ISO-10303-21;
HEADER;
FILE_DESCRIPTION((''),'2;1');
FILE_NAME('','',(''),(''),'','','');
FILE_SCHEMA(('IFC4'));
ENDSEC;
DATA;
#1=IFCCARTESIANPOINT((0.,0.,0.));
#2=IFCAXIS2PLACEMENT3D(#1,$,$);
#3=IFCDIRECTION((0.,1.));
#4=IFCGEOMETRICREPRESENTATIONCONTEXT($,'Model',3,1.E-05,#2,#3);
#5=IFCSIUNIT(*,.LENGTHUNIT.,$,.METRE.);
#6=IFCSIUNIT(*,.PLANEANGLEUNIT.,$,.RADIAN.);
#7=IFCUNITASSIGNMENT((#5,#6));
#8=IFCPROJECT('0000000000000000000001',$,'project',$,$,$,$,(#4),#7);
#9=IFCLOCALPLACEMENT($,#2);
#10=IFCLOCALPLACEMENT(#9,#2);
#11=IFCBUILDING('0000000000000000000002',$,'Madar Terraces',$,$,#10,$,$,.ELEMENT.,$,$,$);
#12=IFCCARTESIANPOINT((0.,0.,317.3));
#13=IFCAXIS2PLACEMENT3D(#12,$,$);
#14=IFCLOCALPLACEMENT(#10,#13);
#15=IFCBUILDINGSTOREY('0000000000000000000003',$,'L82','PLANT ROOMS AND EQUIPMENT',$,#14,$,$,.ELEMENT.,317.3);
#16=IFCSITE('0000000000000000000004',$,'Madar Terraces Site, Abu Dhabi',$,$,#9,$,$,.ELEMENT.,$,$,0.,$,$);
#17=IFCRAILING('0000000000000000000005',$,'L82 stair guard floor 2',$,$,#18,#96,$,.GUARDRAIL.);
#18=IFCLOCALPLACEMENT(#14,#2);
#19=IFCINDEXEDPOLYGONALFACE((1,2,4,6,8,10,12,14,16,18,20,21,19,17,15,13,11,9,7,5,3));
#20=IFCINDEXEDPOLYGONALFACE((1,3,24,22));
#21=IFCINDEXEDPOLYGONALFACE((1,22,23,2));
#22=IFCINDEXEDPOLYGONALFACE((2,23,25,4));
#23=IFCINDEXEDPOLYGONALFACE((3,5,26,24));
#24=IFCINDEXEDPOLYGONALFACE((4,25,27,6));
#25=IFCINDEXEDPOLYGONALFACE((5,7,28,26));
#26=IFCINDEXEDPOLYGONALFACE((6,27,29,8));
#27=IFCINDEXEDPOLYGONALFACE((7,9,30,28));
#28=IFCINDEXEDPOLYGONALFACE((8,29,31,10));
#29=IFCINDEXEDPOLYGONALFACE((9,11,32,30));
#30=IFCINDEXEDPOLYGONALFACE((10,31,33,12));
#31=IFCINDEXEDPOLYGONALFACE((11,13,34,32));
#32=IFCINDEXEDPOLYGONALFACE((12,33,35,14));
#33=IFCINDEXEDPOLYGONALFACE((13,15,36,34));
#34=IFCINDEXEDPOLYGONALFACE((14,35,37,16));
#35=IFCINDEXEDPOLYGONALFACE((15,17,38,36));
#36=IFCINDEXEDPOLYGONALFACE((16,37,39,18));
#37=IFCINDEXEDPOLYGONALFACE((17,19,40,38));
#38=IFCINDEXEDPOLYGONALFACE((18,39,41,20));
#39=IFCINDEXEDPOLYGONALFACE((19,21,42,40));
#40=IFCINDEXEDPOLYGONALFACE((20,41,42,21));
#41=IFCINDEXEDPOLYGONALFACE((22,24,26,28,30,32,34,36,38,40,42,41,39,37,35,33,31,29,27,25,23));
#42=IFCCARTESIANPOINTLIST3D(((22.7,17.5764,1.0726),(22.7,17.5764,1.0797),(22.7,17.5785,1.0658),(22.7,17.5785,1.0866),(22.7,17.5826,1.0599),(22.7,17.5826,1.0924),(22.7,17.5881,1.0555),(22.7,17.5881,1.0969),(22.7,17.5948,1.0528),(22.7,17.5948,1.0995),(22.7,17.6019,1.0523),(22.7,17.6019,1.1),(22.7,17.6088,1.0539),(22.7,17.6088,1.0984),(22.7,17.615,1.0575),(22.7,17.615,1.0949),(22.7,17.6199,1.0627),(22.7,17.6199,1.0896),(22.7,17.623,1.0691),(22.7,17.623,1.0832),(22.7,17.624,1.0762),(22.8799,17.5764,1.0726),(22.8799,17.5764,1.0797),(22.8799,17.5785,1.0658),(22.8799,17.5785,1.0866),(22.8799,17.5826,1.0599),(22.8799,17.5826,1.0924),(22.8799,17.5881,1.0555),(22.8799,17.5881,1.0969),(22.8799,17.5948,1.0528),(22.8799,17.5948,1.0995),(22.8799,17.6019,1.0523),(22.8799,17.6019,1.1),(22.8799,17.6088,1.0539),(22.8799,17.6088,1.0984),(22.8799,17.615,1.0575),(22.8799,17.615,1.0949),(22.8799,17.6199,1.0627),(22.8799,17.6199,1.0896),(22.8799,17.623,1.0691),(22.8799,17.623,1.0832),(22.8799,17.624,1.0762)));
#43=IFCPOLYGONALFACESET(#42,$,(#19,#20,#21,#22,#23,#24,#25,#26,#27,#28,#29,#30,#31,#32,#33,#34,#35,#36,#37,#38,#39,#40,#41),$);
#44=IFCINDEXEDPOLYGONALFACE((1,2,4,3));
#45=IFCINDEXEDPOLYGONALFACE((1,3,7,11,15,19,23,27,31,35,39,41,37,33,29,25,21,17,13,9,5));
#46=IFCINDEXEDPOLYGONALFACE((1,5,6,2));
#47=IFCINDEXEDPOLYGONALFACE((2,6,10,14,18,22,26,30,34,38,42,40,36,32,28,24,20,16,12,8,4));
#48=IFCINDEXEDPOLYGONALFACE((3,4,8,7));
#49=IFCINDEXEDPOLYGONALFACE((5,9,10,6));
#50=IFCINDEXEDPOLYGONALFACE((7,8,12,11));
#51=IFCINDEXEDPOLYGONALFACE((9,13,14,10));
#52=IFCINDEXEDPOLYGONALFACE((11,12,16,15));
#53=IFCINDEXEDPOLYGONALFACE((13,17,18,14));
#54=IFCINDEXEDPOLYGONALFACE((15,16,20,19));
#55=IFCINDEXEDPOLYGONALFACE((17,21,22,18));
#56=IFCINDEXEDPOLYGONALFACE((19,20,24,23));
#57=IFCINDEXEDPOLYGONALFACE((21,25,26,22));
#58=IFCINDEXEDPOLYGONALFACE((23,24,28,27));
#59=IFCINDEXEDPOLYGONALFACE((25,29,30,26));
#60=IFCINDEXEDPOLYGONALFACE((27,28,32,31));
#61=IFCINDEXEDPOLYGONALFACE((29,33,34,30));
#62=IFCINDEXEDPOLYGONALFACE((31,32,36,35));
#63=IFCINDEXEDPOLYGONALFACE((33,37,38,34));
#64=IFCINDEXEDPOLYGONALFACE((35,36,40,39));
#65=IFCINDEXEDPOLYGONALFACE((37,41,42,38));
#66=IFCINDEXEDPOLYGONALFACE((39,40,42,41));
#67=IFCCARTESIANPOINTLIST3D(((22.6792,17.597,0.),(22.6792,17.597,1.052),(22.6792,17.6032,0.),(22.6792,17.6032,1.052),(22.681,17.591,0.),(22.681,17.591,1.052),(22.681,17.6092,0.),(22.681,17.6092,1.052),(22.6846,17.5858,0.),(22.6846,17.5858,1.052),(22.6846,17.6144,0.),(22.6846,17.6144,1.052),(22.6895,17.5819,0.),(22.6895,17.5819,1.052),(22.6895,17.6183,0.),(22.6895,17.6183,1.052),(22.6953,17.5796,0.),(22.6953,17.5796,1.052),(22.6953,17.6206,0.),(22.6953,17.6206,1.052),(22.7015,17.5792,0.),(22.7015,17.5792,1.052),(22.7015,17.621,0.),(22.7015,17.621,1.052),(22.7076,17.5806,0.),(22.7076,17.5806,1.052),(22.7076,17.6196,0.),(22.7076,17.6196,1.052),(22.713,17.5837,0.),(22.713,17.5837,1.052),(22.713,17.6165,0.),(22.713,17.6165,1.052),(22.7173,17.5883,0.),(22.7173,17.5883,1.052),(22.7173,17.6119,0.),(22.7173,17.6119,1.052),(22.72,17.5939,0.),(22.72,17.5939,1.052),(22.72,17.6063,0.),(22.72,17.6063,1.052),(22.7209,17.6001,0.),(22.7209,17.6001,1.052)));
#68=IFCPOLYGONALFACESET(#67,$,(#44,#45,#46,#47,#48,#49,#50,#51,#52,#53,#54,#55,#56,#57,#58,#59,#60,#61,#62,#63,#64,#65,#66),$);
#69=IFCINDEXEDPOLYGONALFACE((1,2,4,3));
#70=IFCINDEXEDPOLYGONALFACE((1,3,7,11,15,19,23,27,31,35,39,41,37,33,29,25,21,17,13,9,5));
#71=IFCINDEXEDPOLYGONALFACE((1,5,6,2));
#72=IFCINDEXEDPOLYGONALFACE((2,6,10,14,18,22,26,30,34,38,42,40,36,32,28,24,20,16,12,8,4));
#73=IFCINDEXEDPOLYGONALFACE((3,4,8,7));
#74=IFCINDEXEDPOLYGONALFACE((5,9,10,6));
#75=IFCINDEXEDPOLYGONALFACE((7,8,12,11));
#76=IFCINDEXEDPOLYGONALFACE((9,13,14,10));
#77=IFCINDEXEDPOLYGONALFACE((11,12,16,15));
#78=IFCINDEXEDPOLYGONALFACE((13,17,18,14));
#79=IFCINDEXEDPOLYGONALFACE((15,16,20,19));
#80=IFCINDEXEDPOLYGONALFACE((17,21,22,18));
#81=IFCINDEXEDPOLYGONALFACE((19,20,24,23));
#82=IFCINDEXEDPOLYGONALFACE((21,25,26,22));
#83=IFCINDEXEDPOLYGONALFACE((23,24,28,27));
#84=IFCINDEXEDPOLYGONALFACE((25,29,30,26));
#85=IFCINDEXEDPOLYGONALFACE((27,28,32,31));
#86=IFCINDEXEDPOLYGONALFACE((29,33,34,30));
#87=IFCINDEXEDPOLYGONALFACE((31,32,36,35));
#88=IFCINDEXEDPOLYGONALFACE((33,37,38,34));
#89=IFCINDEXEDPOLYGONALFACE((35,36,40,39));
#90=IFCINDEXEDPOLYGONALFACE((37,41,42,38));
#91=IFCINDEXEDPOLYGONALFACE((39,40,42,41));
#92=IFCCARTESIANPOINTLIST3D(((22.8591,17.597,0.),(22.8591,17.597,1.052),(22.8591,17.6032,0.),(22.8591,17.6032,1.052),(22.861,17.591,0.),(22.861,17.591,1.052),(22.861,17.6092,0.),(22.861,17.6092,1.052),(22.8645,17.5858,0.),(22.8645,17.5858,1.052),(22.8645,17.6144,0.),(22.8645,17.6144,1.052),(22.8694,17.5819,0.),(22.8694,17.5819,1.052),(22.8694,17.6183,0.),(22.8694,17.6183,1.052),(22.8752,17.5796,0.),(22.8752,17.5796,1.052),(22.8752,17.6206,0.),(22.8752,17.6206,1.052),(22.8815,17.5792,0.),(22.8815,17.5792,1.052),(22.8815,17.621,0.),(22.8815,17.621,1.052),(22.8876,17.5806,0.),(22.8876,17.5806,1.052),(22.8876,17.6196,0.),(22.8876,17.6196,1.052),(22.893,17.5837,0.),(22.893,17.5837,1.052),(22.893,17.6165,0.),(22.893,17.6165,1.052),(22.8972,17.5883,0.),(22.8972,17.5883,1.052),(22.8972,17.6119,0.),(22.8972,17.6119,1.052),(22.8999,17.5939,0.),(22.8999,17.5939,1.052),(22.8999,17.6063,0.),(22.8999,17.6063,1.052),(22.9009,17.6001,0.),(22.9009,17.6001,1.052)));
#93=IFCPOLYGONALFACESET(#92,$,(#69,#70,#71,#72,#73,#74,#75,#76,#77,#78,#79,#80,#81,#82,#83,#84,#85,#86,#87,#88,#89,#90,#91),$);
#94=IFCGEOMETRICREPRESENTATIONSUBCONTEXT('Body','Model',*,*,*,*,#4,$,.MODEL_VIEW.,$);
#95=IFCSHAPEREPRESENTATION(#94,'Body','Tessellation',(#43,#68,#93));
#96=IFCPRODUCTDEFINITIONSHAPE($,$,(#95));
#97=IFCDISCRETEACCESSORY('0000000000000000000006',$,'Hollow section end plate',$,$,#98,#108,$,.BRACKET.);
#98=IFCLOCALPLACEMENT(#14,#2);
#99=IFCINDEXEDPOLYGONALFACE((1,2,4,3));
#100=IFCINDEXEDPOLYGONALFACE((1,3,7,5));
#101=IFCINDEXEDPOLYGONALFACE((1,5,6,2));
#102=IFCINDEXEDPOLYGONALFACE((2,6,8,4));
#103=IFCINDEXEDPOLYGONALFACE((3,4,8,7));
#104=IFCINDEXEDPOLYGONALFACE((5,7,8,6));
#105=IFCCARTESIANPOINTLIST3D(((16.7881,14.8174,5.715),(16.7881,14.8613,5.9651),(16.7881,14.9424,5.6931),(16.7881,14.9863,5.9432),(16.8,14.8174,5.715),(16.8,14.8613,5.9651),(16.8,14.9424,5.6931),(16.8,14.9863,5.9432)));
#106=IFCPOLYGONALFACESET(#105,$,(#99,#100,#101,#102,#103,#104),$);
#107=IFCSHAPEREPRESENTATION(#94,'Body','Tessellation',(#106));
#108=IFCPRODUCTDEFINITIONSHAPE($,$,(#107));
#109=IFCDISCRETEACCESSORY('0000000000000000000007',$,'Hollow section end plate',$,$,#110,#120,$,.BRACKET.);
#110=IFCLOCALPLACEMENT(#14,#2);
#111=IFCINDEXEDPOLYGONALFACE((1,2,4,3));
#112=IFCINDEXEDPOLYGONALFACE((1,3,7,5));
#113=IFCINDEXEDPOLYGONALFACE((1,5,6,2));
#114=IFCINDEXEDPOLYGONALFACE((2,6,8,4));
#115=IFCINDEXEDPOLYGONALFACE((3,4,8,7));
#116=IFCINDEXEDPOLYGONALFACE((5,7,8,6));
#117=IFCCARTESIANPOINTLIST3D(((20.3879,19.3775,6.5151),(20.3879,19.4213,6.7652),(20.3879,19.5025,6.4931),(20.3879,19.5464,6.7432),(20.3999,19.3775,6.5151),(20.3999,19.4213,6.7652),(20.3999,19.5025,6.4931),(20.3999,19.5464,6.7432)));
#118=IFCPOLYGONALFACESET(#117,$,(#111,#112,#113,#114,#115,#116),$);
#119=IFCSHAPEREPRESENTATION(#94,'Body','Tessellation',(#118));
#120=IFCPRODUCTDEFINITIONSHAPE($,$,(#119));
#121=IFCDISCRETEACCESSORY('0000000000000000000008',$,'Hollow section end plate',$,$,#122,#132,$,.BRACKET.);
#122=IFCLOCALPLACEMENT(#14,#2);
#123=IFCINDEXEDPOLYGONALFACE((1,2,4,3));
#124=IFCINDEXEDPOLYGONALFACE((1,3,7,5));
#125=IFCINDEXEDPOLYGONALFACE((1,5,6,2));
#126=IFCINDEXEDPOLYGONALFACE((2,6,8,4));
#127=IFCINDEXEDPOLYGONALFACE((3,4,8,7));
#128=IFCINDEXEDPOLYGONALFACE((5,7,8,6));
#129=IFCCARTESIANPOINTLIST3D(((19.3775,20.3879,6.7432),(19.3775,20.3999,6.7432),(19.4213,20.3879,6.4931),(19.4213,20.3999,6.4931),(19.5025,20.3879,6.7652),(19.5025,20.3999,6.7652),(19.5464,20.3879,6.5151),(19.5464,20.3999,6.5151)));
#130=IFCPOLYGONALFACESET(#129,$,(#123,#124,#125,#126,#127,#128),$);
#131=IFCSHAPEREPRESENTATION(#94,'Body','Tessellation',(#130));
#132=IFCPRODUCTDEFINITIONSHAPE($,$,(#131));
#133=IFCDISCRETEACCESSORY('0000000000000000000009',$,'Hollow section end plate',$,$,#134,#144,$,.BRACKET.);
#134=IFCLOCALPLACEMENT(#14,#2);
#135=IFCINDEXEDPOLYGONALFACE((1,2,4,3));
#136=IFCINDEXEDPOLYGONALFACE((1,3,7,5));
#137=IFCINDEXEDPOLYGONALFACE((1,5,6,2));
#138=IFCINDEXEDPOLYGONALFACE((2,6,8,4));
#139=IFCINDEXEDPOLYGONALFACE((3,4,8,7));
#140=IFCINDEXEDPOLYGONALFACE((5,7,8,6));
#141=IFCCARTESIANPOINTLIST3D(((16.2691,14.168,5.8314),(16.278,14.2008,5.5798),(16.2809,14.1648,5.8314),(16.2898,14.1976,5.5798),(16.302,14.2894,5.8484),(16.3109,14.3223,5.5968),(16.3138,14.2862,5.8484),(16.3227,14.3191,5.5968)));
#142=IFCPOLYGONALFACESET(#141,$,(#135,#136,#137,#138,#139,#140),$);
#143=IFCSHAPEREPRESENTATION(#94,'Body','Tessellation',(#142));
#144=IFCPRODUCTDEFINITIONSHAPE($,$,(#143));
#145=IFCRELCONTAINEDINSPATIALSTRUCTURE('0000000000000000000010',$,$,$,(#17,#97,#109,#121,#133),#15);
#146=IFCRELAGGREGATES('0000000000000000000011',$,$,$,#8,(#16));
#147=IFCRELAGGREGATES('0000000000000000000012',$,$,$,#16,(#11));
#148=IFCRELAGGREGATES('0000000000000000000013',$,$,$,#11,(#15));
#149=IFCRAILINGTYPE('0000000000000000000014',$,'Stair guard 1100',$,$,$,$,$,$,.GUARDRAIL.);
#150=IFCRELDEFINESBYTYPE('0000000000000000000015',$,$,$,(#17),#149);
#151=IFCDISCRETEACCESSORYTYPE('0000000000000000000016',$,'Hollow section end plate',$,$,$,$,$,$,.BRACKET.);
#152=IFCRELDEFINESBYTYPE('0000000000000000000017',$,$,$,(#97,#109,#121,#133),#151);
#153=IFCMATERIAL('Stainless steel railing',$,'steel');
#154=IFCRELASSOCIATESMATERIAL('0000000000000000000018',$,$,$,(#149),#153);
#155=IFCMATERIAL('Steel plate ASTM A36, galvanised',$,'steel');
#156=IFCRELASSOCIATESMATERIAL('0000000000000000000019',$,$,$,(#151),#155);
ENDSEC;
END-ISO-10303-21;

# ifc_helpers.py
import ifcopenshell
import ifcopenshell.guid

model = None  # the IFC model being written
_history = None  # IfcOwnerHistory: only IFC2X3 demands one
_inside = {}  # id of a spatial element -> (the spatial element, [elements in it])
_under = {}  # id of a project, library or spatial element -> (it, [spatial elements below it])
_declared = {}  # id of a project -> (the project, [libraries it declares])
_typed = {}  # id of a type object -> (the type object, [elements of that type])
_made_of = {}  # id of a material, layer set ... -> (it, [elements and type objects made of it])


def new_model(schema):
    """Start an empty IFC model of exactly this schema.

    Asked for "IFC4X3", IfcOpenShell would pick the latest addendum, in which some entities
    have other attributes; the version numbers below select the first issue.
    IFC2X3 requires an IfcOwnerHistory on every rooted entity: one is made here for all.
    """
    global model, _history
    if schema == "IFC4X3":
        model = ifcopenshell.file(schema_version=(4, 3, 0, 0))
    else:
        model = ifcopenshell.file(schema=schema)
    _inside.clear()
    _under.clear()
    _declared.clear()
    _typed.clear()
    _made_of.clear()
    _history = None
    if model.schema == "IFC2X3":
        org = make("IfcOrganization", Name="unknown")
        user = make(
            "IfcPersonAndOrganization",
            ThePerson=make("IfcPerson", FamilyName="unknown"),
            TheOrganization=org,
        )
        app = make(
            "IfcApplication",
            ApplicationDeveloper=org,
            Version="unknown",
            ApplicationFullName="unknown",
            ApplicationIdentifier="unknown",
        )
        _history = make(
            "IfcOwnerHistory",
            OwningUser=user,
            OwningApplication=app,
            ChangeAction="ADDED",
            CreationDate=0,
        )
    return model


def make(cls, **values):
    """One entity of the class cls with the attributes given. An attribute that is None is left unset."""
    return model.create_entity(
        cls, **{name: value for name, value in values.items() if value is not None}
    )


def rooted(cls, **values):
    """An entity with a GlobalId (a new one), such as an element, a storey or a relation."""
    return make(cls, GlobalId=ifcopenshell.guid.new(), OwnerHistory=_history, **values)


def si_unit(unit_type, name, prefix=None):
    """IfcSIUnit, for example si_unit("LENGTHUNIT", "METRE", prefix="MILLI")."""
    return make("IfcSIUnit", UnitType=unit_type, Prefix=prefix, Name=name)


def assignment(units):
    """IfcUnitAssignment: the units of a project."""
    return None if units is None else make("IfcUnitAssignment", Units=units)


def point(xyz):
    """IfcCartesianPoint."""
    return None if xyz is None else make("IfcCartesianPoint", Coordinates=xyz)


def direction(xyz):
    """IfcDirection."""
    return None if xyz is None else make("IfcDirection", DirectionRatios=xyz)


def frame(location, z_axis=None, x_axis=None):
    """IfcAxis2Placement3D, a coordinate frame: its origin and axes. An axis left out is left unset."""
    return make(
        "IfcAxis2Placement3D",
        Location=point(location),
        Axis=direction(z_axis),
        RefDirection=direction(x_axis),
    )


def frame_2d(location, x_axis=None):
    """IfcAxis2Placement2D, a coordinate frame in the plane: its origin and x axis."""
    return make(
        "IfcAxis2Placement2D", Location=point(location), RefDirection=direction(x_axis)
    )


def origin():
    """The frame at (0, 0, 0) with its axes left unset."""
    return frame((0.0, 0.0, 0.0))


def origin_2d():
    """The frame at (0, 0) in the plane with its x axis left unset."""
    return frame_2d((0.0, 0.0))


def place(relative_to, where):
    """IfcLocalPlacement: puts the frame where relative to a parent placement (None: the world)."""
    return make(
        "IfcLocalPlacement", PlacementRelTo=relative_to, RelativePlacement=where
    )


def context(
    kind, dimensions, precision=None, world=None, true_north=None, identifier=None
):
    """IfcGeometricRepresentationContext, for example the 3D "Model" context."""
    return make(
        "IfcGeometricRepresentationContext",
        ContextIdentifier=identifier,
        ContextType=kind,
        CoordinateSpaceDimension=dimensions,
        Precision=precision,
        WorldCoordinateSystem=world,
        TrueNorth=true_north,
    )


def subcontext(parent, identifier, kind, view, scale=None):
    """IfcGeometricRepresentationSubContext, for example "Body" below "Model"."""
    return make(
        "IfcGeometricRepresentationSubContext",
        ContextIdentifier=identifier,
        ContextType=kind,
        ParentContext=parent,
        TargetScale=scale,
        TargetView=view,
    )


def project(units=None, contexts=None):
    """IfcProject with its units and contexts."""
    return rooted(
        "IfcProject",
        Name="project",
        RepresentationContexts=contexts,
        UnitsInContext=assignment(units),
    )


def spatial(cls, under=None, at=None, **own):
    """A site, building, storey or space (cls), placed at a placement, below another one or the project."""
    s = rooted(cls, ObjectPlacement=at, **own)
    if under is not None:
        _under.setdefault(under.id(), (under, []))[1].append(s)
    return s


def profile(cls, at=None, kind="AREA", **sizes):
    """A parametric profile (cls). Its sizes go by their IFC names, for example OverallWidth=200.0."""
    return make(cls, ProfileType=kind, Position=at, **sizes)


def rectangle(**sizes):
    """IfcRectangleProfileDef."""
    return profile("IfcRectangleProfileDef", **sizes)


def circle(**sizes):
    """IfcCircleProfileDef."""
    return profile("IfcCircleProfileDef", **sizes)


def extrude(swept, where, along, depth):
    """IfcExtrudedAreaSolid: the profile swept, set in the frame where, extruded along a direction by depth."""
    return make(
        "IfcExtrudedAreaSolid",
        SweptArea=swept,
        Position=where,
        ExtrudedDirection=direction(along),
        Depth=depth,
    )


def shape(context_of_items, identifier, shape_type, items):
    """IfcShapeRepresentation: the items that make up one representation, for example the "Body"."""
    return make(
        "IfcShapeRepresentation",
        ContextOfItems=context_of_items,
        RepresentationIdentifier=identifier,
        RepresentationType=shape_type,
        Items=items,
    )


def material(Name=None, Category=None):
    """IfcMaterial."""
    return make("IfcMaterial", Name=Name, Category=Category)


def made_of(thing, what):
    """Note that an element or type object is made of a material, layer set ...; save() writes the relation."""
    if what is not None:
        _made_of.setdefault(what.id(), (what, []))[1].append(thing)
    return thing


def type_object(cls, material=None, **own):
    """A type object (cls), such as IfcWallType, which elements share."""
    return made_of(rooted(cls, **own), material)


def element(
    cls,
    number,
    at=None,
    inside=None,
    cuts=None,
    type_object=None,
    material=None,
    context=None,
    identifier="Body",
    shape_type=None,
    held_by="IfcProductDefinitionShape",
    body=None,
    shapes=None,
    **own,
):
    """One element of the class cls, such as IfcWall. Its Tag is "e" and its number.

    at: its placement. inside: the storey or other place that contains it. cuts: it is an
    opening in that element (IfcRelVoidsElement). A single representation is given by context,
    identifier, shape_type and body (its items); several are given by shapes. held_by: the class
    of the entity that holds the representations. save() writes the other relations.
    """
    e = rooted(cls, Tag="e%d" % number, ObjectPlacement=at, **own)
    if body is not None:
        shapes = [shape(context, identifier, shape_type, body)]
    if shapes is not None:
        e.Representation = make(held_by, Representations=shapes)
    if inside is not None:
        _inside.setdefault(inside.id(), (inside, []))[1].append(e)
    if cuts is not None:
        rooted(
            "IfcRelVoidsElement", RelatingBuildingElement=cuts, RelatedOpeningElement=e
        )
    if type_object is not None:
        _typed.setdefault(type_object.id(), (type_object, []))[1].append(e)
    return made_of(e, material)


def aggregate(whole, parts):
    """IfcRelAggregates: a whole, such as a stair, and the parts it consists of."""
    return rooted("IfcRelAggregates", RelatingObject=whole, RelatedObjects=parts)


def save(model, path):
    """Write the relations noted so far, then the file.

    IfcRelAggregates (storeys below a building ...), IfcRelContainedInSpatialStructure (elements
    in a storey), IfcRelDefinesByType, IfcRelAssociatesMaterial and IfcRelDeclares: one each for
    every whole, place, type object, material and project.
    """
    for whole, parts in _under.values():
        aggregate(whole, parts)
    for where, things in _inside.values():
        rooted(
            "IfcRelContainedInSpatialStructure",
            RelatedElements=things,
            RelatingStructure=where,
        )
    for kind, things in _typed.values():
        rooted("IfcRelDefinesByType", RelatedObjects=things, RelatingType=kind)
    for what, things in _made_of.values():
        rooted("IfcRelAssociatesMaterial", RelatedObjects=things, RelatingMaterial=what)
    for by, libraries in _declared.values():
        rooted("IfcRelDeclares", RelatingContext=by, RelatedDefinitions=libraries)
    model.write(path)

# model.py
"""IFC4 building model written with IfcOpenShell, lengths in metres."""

from ifc_helpers import new_model, si_unit, direction, frame, origin, origin_2d, place, context, subcontext, project, spatial, rectangle, circle, extrude, material, type_object, element, save


model = new_model("IFC4")

# Units and contexts
model_context = context("Model", 3, precision=1e-05, world=origin(), true_north=direction((0.0, 1.0)))
body_context = subcontext(model_context, "Body", "Model", "MODEL_VIEW")
ifc_project = project(units=[si_unit("LENGTHUNIT", "METRE"), si_unit("PLANEANGLEUNIT", "RADIAN")], contexts=[model_context])

# Site, building, storey
site_placement = place(None, origin())
site = spatial("IfcSite", under=ifc_project, at=site_placement, Name="Madar Terraces Site, Abu Dhabi", CompositionType="ELEMENT", RefElevation=0.0)
building_placement = place(site_placement, origin())
building = spatial("IfcBuilding", under=site, at=building_placement, Name="Madar Terraces", CompositionType="ELEMENT")
storey_placement = place(building_placement, frame((0.0, 0.0, 317.3)))
storey = spatial("IfcBuildingStorey", under=building, at=storey_placement, Name="L82", Description="PLANT ROOMS AND EQUIPMENT", CompositionType="ELEMENT", Elevation=317.3)

# Railing
ifc_material_1 = material(Name="Stainless steel railing", Category="steel")
railing_type = type_object("IfcRailingType", Name="Stair guard 1100", PredefinedType="GUARDRAIL", material=ifc_material_1)
for number, where, name in (
    (1, (22.7, 17.6001, 0.0), "L82 stair guard floor 2"),
):
    element("IfcRailing", number, at=place(storey_placement, frame(where)), inside=storey, type_object=railing_type, Name=name, PredefinedType="GUARDRAIL", context=body_context, shape_type="SweptSolid", body=[
        extrude(circle(Radius=0.0239, at=origin_2d()), frame((0.0, 0.0, 1.0762), z_axis=(1.0, 0.0, 0.0), x_axis=(0.0, 1.0, 0.0)), (0.0, 0.0, 1.0), 0.1799),
        extrude(circle(Radius=0.021, at=origin_2d()), origin(), (0.0, 0.0, 1.0), 1.052),
        extrude(circle(Radius=0.021, at=origin_2d()), frame((0.1799, 0.0, 0.0)), (0.0, 0.0, 1.0), 1.052),
    ])

# Discrete accessories
ifc_material_2 = material(Name="Steel plate ASTM A36, galvanised", Category="steel")
discrete_accessory_type = type_object("IfcDiscreteAccessoryType", Name="Hollow section end plate", PredefinedType="BRACKET", material=ifc_material_2)
for number, where, z_axis, x_axis, name in (
    (2, (16.8, 14.9019, 5.8291), (-1.0, 0.0, 0.0), (0.0, -0.984957, 0.172799), "Hollow section end plate"),
    (3, (20.3999, 19.4619, 6.6292), (-1.0, 0.0, 0.0), (0.0, -0.984957, 0.172799), "Hollow section end plate"),
    (4, (19.4619, 20.3999, 6.6292), (0.0, -1.0, 0.0), (0.984957, 0.0, 0.172799), "Hollow section end plate"),
):
    element("IfcDiscreteAccessory", number, at=place(storey_placement, frame(where, z_axis=z_axis, x_axis=x_axis)), inside=storey, type_object=discrete_accessory_type, Name=name, PredefinedType="BRACKET", context=body_context, shape_type="SweptSolid", body=[
        extrude(rectangle(XDim=0.127, YDim=0.2539, at=origin_2d()), origin(), (0.0, 0.0, 1.0), 0.012),
    ])
discrete_accessory_placement = place(storey_placement, frame((16.29, 14.2451, 5.7141), z_axis=(0.965226, -0.261415, 0.0), x_axis=(0.259055, 0.95651, 0.134086)))
element("IfcDiscreteAccessory", 5, at=discrete_accessory_placement, inside=storey, type_object=discrete_accessory_type, Name="Hollow section end plate", PredefinedType="BRACKET", context=body_context, shape_type="SweptSolid", body=[
    extrude(rectangle(XDim=0.127, YDim=0.2539, at=origin_2d()), origin(), (0.0, 0.0, 1.0), 0.0122),
])

save(model, "model.ifc")
